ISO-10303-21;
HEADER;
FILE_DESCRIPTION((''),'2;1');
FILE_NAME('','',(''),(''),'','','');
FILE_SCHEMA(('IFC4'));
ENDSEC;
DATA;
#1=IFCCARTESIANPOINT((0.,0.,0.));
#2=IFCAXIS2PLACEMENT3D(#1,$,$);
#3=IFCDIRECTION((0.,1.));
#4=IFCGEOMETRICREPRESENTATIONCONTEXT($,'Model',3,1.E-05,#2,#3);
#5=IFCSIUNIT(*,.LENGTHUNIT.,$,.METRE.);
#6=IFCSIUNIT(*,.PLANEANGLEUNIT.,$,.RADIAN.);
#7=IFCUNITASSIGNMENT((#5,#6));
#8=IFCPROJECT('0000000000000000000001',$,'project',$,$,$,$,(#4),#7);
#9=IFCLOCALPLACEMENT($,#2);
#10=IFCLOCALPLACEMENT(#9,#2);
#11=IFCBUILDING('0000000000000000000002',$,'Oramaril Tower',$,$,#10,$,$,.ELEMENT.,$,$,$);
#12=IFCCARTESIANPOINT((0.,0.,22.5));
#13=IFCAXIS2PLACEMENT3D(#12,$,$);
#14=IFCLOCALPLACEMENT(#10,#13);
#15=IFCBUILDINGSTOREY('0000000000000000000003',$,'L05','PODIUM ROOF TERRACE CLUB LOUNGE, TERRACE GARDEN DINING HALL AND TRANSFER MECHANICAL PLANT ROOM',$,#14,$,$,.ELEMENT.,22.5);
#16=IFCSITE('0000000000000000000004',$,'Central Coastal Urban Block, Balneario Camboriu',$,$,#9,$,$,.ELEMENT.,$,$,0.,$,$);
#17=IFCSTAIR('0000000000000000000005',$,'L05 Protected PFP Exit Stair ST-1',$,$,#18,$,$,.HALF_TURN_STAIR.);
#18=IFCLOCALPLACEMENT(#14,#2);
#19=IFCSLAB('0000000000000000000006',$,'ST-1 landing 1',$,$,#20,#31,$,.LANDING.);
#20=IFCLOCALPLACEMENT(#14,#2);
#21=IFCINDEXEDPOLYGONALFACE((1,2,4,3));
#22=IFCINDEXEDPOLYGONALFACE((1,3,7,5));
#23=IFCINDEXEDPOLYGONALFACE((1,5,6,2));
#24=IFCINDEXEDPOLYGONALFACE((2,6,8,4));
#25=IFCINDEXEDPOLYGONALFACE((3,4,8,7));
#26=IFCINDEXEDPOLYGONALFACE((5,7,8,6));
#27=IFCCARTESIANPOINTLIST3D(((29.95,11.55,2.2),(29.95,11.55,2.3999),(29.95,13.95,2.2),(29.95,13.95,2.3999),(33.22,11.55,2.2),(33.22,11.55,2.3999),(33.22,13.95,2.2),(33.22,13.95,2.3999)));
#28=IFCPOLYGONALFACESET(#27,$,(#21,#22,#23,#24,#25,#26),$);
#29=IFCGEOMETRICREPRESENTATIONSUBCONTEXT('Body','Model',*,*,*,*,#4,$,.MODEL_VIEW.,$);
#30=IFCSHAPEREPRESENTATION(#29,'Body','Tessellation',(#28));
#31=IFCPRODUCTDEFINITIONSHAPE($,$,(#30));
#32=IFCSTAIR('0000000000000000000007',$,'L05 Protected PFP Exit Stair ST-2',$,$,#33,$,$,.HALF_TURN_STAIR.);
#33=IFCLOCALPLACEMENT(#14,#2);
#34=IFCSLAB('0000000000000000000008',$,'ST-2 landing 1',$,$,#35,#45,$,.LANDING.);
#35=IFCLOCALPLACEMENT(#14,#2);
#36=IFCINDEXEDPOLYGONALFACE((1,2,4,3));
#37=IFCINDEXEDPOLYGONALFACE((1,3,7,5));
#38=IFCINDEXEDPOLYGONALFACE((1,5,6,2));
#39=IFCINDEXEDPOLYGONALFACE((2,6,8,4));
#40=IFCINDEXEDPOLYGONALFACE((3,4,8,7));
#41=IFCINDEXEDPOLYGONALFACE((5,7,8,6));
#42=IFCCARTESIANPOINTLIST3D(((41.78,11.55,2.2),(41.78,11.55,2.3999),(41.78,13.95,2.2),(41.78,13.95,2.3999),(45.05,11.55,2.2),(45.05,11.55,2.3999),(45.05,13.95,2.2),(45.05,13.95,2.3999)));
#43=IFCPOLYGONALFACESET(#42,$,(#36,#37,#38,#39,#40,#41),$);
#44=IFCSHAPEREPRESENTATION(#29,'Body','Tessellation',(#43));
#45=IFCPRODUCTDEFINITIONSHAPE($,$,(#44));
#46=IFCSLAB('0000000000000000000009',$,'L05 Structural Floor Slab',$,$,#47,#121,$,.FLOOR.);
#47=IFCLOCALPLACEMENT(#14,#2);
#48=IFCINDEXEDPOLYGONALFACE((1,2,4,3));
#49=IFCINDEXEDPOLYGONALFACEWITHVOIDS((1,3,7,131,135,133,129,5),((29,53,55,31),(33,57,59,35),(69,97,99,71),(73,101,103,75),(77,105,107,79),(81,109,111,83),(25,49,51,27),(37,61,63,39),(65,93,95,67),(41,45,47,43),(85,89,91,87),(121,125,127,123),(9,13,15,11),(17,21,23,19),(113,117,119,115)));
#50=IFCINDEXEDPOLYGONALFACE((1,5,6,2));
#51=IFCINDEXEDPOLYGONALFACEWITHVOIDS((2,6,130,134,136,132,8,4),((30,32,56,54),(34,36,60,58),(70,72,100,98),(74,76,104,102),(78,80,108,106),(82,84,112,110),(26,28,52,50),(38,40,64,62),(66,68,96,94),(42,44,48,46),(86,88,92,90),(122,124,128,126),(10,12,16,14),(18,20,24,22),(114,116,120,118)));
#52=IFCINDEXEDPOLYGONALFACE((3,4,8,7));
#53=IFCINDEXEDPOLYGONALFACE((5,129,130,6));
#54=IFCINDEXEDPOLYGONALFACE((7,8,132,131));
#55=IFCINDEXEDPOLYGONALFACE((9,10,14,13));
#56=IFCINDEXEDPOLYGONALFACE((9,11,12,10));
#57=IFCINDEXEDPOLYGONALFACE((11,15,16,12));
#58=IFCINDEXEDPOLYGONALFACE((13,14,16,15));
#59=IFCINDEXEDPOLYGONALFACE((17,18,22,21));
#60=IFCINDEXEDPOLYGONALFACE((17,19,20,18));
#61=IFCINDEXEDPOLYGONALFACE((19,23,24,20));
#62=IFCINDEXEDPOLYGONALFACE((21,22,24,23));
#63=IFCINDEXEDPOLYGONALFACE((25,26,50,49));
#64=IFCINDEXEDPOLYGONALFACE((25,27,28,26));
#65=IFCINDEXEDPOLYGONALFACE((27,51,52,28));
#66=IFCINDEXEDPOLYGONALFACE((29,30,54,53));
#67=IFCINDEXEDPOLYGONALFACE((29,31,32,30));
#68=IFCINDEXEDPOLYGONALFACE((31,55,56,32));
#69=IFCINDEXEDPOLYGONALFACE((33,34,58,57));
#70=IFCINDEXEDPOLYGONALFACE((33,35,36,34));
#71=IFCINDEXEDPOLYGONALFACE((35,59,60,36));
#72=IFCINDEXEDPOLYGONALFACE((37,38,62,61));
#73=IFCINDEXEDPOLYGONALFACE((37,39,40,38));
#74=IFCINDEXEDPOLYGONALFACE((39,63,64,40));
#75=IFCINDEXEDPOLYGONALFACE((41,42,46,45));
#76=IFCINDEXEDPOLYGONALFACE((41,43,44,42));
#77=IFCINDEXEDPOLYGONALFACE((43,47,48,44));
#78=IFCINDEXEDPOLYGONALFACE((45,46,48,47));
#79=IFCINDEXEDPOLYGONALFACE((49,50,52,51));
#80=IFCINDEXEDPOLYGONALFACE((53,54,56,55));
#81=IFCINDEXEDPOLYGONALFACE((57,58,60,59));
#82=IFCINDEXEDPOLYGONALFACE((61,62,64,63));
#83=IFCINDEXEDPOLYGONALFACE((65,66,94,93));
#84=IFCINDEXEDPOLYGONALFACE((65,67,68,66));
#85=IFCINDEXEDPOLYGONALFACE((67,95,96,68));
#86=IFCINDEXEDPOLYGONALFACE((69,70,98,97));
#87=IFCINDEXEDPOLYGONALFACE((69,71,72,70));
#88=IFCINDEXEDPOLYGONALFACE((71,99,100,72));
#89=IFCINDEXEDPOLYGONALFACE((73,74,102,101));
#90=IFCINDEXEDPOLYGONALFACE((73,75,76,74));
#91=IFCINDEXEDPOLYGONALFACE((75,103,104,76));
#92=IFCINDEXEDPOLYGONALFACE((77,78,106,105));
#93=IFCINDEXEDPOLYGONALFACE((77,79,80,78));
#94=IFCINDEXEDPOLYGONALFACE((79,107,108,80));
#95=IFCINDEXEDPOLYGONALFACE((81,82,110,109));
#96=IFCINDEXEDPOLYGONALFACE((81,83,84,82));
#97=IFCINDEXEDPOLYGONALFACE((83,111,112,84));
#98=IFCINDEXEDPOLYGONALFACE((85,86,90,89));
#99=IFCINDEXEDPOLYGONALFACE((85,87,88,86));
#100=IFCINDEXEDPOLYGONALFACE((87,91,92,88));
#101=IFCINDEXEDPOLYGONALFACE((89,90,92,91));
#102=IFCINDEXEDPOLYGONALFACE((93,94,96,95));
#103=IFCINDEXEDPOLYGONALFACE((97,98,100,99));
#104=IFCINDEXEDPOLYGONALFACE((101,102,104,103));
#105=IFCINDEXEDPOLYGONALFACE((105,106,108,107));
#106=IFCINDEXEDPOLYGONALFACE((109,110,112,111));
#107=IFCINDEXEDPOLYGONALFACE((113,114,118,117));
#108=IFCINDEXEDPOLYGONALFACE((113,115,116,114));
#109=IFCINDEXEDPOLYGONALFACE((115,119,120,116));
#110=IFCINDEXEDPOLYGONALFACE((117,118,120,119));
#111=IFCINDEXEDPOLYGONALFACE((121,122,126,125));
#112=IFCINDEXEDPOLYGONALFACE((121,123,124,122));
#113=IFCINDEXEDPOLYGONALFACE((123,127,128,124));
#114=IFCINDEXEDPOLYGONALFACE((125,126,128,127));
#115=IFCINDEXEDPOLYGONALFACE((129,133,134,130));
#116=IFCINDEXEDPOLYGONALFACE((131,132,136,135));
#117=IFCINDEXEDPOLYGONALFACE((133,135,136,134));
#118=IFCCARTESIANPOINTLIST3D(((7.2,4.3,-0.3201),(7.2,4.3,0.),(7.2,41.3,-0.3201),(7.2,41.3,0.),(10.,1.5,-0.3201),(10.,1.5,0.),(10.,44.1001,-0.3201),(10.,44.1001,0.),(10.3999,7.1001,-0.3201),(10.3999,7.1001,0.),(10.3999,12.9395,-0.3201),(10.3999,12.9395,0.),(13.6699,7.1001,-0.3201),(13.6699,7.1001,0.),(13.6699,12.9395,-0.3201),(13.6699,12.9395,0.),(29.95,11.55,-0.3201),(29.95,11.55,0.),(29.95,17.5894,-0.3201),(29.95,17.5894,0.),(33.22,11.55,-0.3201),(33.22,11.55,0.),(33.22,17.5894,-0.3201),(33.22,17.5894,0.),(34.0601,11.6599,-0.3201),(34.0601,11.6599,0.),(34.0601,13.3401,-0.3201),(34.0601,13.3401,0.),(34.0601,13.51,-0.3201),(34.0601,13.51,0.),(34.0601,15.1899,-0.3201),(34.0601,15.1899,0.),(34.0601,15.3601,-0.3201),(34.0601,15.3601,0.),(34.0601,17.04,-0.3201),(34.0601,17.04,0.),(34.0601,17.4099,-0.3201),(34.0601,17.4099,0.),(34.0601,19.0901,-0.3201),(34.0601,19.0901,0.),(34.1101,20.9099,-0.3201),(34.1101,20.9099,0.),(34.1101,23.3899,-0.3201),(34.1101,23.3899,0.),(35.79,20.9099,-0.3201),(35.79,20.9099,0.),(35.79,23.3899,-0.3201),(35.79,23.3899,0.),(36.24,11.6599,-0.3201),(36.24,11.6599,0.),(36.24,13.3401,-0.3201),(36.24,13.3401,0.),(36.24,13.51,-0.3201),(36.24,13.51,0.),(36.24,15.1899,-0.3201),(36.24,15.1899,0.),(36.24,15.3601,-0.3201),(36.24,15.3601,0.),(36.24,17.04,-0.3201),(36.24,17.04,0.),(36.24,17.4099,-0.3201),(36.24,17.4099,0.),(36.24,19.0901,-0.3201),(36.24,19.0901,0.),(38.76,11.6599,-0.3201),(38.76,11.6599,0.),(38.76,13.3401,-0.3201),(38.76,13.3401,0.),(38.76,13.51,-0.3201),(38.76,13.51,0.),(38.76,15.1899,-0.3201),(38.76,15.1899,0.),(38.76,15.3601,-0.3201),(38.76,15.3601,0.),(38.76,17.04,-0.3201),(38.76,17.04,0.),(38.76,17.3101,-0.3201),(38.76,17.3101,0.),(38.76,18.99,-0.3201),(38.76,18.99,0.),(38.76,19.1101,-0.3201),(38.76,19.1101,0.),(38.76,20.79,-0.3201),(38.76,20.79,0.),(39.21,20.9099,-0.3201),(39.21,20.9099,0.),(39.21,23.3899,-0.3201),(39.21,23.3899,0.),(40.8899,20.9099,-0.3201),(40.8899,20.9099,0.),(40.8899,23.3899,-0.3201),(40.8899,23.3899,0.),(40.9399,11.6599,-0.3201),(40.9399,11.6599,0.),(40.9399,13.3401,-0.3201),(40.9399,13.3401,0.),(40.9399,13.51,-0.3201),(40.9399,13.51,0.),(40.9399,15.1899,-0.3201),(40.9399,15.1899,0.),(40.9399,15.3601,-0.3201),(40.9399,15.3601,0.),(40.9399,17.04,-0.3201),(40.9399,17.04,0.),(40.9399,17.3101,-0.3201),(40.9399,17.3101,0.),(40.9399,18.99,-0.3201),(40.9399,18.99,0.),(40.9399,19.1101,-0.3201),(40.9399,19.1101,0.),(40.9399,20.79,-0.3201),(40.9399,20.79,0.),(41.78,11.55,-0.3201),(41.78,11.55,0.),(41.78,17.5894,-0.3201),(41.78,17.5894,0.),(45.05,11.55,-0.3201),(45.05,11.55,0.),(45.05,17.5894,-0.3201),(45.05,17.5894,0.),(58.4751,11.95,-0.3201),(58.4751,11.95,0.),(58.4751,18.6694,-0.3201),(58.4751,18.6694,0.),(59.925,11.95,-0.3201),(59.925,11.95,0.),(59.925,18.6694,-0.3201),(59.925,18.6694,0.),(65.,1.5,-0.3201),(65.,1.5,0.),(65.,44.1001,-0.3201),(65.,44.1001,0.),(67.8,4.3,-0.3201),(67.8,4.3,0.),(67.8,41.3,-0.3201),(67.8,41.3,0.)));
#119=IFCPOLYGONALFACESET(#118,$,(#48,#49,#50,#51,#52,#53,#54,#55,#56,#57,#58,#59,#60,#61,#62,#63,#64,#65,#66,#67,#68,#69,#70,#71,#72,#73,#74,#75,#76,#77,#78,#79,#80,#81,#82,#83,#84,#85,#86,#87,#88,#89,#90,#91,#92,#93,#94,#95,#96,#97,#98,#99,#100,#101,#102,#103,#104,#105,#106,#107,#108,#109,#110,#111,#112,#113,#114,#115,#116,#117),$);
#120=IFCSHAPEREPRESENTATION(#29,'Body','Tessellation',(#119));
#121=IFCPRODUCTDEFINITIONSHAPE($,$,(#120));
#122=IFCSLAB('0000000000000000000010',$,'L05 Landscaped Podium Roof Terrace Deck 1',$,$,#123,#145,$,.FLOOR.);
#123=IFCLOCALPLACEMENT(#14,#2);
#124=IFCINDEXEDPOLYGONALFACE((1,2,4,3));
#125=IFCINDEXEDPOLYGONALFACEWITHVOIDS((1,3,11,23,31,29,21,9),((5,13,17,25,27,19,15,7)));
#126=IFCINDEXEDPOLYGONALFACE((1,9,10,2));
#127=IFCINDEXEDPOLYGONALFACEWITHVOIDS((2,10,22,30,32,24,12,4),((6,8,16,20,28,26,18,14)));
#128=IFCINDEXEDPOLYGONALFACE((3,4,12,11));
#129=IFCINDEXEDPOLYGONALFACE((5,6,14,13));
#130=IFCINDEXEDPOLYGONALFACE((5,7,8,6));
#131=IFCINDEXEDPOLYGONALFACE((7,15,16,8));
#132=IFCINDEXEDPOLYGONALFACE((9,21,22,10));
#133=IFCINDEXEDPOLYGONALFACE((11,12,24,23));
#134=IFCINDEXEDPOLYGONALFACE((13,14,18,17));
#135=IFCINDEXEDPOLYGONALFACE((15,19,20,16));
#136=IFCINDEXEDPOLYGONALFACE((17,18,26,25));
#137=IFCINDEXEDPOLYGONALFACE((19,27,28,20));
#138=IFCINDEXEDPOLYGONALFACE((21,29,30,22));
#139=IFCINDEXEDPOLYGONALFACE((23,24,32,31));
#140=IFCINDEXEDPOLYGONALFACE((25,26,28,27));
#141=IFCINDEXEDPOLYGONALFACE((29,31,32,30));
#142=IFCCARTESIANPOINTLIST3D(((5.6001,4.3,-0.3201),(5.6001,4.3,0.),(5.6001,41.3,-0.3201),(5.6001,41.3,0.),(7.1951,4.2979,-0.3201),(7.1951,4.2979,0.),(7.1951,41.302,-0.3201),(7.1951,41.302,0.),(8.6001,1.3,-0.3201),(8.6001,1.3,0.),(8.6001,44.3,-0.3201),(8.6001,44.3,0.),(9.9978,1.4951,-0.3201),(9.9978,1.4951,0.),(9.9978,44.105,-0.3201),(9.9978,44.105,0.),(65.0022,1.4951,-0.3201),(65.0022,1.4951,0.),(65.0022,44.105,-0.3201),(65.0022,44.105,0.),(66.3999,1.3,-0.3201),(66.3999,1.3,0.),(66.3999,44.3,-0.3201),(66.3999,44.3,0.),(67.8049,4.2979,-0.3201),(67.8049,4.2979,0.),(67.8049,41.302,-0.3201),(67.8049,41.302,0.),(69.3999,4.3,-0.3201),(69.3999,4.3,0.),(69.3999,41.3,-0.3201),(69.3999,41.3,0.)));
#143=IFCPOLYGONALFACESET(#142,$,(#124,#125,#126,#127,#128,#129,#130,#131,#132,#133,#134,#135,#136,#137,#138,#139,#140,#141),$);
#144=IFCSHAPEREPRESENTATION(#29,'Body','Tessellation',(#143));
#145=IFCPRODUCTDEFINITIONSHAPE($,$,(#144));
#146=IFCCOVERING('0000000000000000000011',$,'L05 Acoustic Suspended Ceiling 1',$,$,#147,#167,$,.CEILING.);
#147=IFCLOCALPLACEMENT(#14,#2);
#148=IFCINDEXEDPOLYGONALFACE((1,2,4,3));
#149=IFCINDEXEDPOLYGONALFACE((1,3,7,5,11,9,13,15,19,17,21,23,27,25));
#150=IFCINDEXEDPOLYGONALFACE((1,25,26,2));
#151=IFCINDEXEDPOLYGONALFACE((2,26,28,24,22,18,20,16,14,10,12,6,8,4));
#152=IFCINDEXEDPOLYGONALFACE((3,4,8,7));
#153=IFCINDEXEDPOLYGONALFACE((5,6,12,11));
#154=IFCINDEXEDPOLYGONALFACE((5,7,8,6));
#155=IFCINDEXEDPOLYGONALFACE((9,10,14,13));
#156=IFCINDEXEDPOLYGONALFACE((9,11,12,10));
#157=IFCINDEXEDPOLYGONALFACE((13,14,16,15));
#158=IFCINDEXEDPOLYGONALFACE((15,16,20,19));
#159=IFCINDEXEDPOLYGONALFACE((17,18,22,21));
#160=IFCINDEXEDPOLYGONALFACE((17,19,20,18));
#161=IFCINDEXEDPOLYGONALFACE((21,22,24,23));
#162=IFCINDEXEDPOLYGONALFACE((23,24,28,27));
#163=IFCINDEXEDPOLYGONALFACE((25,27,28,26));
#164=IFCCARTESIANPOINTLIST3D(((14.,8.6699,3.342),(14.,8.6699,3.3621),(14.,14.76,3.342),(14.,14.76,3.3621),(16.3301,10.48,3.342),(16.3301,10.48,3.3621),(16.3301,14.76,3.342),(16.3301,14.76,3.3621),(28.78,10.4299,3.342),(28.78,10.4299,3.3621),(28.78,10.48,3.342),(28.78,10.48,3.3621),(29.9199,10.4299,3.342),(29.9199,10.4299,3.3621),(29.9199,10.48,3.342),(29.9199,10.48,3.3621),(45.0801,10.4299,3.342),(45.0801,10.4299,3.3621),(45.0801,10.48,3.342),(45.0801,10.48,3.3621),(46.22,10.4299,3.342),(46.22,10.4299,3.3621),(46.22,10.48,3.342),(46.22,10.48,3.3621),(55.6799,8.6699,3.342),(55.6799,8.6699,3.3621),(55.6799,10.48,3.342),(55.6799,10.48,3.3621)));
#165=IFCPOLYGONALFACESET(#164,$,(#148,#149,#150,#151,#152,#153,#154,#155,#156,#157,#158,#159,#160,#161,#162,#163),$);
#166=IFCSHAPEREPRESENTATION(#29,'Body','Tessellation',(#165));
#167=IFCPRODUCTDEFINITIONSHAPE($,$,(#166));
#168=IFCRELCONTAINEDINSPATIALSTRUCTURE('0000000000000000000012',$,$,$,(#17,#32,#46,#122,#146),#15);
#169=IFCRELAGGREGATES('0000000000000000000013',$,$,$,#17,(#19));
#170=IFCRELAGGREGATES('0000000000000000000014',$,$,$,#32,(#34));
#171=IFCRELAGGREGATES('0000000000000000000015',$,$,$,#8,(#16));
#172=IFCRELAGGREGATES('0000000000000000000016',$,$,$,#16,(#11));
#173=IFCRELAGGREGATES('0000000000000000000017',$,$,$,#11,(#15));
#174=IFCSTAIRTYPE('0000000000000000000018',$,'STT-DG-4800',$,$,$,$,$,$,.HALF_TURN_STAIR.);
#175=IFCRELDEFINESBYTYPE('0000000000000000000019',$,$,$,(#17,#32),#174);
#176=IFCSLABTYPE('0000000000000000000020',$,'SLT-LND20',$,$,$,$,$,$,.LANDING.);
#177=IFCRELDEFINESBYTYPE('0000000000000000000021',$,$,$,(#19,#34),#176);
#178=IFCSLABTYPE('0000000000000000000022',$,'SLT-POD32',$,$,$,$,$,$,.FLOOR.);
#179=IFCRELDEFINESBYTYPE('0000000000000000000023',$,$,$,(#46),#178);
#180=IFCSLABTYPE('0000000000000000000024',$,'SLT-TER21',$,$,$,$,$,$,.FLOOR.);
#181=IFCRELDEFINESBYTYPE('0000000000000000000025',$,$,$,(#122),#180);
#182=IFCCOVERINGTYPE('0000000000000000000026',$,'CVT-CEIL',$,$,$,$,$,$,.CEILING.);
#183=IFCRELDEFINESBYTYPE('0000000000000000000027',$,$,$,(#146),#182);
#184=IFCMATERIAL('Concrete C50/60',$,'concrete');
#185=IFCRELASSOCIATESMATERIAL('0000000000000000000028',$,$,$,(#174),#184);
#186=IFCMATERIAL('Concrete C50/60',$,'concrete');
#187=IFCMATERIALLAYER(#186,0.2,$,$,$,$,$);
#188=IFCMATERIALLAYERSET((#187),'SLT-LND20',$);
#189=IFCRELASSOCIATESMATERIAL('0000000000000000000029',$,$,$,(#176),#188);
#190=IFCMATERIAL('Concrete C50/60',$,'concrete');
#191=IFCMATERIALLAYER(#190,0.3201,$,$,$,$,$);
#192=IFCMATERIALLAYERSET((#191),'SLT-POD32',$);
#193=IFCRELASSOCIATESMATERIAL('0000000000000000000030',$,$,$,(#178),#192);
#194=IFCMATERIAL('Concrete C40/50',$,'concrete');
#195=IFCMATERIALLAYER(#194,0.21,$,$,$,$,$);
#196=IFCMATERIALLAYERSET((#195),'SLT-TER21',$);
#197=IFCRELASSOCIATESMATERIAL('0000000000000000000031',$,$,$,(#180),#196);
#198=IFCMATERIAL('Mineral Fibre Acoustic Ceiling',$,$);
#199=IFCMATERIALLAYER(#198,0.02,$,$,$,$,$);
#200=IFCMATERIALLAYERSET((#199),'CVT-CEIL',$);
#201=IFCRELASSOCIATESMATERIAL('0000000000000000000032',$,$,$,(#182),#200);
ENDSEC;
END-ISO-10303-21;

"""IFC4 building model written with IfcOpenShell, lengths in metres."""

from ifc_helpers import new_model, si_unit, direction, frame, origin, place, context, subcontext, project, spatial, polyline, outline, extrude, material, layer, layer_set, type_object, element, aggregate, save


model = new_model("IFC4")

# Units and contexts
model_context = context("Model", 3, precision=1e-05, world=origin(), true_north=direction((0.0, 1.0)))
body_context = subcontext(model_context, "Body", "Model", "MODEL_VIEW")
ifc_project = project(units=[si_unit("LENGTHUNIT", "METRE"), si_unit("PLANEANGLEUNIT", "RADIAN")], contexts=[model_context])

# Site, building, storey
site_placement = place(None, origin())
site = spatial("IfcSite", under=ifc_project, at=site_placement, Name="Central Coastal Urban Block, Balneario Camboriu", CompositionType="ELEMENT", RefElevation=0.0)
building_placement = place(site_placement, origin())
building = spatial("IfcBuilding", under=site, at=building_placement, Name="Oramaril Tower", CompositionType="ELEMENT")
storey_placement = place(building_placement, frame((0.0, 0.0, 22.5)))
storey = spatial("IfcBuildingStorey", under=building, at=storey_placement, Name="L05", Description="PODIUM ROOF TERRACE CLUB LOUNGE, TERRACE GARDEN DINING HALL AND TRANSFER MECHANICAL PLANT ROOM", CompositionType="ELEMENT", Elevation=22.5)

# Stairs, slabs
ifc_material_1 = material(Name="Concrete C50/60", Category="concrete")
stair_type = type_object("IfcStairType", Name="STT-DG-4800", PredefinedType="HALF_TURN_STAIR", material=ifc_material_1)
stair_1_placement = place(storey_placement, origin())
stair_1 = element("IfcStair", 1, at=stair_1_placement, inside=storey, type_object=stair_type, Name="L05 Protected PFP Exit Stair ST-1", PredefinedType="HALF_TURN_STAIR")
ifc_material_2 = material(Name="Concrete C50/60", Category="concrete")
ifc_layer_1 = layer(ifc_material_2, 0.2)
ifc_layer_set_1 = layer_set([ifc_layer_1], Name="SLT-LND20")
slab_type_1 = type_object("IfcSlabType", Name="SLT-LND20", PredefinedType="LANDING", material=ifc_layer_set_1)
slab_1_placement = place(storey_placement, frame((0.0, 0.0, 2.2)))
slab_1 = element("IfcSlab", 2, at=slab_1_placement, type_object=slab_type_1, Name="ST-1 landing 1", PredefinedType="LANDING", context=body_context, shape_type="SweptSolid", body=[
    extrude(outline(polyline([(29.95, 13.95), (29.95, 11.55), (33.22, 11.55), (33.22, 13.95), (29.95, 13.95)])), origin(), (0.0, 0.0, 1.0), 0.2),
])
aggregate(stair_1, [slab_1])
stair_2_placement = place(storey_placement, origin())
stair_2 = element("IfcStair", 3, at=stair_2_placement, inside=storey, type_object=stair_type, Name="L05 Protected PFP Exit Stair ST-2", PredefinedType="HALF_TURN_STAIR")
slab_2_placement = place(storey_placement, frame((0.0, 0.0, 2.2)))
slab_2 = element("IfcSlab", 4, at=slab_2_placement, type_object=slab_type_1, Name="ST-2 landing 1", PredefinedType="LANDING", context=body_context, shape_type="SweptSolid", body=[
    extrude(outline(polyline([(41.78, 13.95), (41.78, 11.55), (45.05, 11.55), (45.05, 13.95), (41.78, 13.95)])), origin(), (0.0, 0.0, 1.0), 0.2),
])
aggregate(stair_2, [slab_2])

# Slabs
ifc_material_3 = material(Name="Concrete C50/60", Category="concrete")
ifc_layer_2 = layer(ifc_material_3, 0.3201)
ifc_layer_set_2 = layer_set([ifc_layer_2], Name="SLT-POD32")
slab_type_2 = type_object("IfcSlabType", Name="SLT-POD32", PredefinedType="FLOOR", material=ifc_layer_set_2)
slab_3_placement = place(storey_placement, frame((0.0, 0.0, -0.3201)))
element("IfcSlab", 5, at=slab_3_placement, inside=storey, type_object=slab_type_2, Name="L05 Structural Floor Slab", PredefinedType="FLOOR", context=body_context, shape_type="SweptSolid", body=[
    extrude(outline(polyline([(10.0, 1.5), (65.0, 1.5), (67.8, 4.3), (67.8, 41.3), (65.0, 44.1001), (10.0, 44.1001), (7.2, 41.3), (7.2, 4.3), (10.0, 1.5)]), holes=[polyline([(29.95, 17.5894), (29.95, 11.55), (33.22, 11.55), (33.22, 17.5894), (29.95, 17.5894)]), polyline([(41.78, 17.5894), (41.78, 11.55), (45.05, 11.55), (45.05, 17.5894), (41.78, 17.5894)]), polyline([(10.3999, 12.9395), (10.3999, 7.1001), (13.6699, 7.1001), (13.6699, 12.9395), (10.3999, 12.9395)]), polyline([(58.4751, 11.95), (59.925, 11.95), (59.925, 18.6694), (58.4751, 18.6694), (58.4751, 11.95)]), polyline([(34.1101, 20.9099), (35.79, 20.9099), (35.79, 23.3899), (34.1101, 23.3899), (34.1101, 20.9099)]), polyline([(39.21, 20.9099), (40.8899, 20.9099), (40.8899, 23.3899), (39.21, 23.3899), (39.21, 20.9099)]), polyline([(34.0601, 11.6599), (36.24, 11.6599), (36.24, 13.3401), (34.0601, 13.3401), (34.0601, 11.6599)]), polyline([(34.0601, 13.51), (36.24, 13.51), (36.24, 15.1899), (34.0601, 15.1899), (34.0601, 13.51)]), polyline([(34.0601, 15.3601), (36.24, 15.3601), (36.24, 17.04), (34.0601, 17.04), (34.0601, 15.3601)]), polyline([(38.76, 11.6599), (40.9399, 11.6599), (40.9399, 13.3401), (38.76, 13.3401), (38.76, 11.6599)]), polyline([(38.76, 13.51), (40.9399, 13.51), (40.9399, 15.1899), (38.76, 15.1899), (38.76, 13.51)]), polyline([(38.76, 15.3601), (40.9399, 15.3601), (40.9399, 17.04), (38.76, 17.04), (38.76, 15.3601)]), polyline([(34.0601, 17.4099), (36.24, 17.4099), (36.24, 19.0901), (34.0601, 19.0901), (34.0601, 17.4099)]), polyline([(38.76, 17.3101), (40.9399, 17.3101), (40.9399, 18.99), (38.76, 18.99), (38.76, 17.3101)]), polyline([(38.76, 19.1101), (40.9399, 19.1101), (40.9399, 20.79), (38.76, 20.79), (38.76, 19.1101)])]), origin(), (0.0, 0.0, 1.0), 0.3201),
])
ifc_material_4 = material(Name="Concrete C40/50", Category="concrete")
ifc_layer_3 = layer(ifc_material_4, 0.21)
ifc_layer_set_3 = layer_set([ifc_layer_3], Name="SLT-TER21")
slab_type_3 = type_object("IfcSlabType", Name="SLT-TER21", PredefinedType="FLOOR", material=ifc_layer_set_3)
slab_4_placement = place(storey_placement, frame((0.0, 0.0, -0.3201)))
element("IfcSlab", 6, at=slab_4_placement, inside=storey, type_object=slab_type_3, Name="L05 Landscaped Podium Roof Terrace Deck 1", PredefinedType="FLOOR", context=body_context, shape_type="SweptSolid", body=[
    extrude(outline(polyline([(5.6001, 4.3), (5.6001, 41.3), (8.6001, 44.3), (66.3999, 44.3), (69.3999, 41.3), (69.3999, 4.3), (66.3999, 1.3), (8.6001, 1.3), (5.6001, 4.3)]), holes=[polyline([(65.0022, 1.4951), (67.8049, 4.2979), (67.8049, 41.302), (65.0022, 44.105), (9.9978, 44.105), (7.1951, 41.302), (7.1951, 4.2979), (9.9978, 1.4951), (65.0022, 1.4951)])]), origin(), (0.0, 0.0, 1.0), 0.3201),
])

# Covering
ifc_material_5 = material(Name="Mineral Fibre Acoustic Ceiling")
ifc_layer_4 = layer(ifc_material_5, 0.02)
ifc_layer_set_4 = layer_set([ifc_layer_4], Name="CVT-CEIL")
covering_type_1 = type_object("IfcCoveringType", Name="CVT-CEIL", PredefinedType="CEILING", material=ifc_layer_set_4)
covering_1_placement = place(storey_placement, frame((0.0, 0.0, 3.342)))
element("IfcCovering", 7, at=covering_1_placement, inside=storey, type_object=covering_type_1, Name="L05 Acoustic Suspended Ceiling 1", PredefinedType="CEILING", context=body_context, shape_type="SweptSolid", body=[
    extrude(outline(polyline([(28.78, 10.48), (28.78, 10.4299), (29.9199, 10.4299), (29.9199, 10.48), (45.0801, 10.48), (45.0801, 10.4299), (46.22, 10.4299), (46.22, 10.48), (55.6799, 10.48), (55.6799, 8.6699), (14.0, 8.6699), (14.0, 14.76), (16.3301, 14.76), (16.3301, 10.48), (28.78, 10.48)])), origin(), (0.0, 0.0, 1.0), 0.02),
])

save(model, "model.ifc")
